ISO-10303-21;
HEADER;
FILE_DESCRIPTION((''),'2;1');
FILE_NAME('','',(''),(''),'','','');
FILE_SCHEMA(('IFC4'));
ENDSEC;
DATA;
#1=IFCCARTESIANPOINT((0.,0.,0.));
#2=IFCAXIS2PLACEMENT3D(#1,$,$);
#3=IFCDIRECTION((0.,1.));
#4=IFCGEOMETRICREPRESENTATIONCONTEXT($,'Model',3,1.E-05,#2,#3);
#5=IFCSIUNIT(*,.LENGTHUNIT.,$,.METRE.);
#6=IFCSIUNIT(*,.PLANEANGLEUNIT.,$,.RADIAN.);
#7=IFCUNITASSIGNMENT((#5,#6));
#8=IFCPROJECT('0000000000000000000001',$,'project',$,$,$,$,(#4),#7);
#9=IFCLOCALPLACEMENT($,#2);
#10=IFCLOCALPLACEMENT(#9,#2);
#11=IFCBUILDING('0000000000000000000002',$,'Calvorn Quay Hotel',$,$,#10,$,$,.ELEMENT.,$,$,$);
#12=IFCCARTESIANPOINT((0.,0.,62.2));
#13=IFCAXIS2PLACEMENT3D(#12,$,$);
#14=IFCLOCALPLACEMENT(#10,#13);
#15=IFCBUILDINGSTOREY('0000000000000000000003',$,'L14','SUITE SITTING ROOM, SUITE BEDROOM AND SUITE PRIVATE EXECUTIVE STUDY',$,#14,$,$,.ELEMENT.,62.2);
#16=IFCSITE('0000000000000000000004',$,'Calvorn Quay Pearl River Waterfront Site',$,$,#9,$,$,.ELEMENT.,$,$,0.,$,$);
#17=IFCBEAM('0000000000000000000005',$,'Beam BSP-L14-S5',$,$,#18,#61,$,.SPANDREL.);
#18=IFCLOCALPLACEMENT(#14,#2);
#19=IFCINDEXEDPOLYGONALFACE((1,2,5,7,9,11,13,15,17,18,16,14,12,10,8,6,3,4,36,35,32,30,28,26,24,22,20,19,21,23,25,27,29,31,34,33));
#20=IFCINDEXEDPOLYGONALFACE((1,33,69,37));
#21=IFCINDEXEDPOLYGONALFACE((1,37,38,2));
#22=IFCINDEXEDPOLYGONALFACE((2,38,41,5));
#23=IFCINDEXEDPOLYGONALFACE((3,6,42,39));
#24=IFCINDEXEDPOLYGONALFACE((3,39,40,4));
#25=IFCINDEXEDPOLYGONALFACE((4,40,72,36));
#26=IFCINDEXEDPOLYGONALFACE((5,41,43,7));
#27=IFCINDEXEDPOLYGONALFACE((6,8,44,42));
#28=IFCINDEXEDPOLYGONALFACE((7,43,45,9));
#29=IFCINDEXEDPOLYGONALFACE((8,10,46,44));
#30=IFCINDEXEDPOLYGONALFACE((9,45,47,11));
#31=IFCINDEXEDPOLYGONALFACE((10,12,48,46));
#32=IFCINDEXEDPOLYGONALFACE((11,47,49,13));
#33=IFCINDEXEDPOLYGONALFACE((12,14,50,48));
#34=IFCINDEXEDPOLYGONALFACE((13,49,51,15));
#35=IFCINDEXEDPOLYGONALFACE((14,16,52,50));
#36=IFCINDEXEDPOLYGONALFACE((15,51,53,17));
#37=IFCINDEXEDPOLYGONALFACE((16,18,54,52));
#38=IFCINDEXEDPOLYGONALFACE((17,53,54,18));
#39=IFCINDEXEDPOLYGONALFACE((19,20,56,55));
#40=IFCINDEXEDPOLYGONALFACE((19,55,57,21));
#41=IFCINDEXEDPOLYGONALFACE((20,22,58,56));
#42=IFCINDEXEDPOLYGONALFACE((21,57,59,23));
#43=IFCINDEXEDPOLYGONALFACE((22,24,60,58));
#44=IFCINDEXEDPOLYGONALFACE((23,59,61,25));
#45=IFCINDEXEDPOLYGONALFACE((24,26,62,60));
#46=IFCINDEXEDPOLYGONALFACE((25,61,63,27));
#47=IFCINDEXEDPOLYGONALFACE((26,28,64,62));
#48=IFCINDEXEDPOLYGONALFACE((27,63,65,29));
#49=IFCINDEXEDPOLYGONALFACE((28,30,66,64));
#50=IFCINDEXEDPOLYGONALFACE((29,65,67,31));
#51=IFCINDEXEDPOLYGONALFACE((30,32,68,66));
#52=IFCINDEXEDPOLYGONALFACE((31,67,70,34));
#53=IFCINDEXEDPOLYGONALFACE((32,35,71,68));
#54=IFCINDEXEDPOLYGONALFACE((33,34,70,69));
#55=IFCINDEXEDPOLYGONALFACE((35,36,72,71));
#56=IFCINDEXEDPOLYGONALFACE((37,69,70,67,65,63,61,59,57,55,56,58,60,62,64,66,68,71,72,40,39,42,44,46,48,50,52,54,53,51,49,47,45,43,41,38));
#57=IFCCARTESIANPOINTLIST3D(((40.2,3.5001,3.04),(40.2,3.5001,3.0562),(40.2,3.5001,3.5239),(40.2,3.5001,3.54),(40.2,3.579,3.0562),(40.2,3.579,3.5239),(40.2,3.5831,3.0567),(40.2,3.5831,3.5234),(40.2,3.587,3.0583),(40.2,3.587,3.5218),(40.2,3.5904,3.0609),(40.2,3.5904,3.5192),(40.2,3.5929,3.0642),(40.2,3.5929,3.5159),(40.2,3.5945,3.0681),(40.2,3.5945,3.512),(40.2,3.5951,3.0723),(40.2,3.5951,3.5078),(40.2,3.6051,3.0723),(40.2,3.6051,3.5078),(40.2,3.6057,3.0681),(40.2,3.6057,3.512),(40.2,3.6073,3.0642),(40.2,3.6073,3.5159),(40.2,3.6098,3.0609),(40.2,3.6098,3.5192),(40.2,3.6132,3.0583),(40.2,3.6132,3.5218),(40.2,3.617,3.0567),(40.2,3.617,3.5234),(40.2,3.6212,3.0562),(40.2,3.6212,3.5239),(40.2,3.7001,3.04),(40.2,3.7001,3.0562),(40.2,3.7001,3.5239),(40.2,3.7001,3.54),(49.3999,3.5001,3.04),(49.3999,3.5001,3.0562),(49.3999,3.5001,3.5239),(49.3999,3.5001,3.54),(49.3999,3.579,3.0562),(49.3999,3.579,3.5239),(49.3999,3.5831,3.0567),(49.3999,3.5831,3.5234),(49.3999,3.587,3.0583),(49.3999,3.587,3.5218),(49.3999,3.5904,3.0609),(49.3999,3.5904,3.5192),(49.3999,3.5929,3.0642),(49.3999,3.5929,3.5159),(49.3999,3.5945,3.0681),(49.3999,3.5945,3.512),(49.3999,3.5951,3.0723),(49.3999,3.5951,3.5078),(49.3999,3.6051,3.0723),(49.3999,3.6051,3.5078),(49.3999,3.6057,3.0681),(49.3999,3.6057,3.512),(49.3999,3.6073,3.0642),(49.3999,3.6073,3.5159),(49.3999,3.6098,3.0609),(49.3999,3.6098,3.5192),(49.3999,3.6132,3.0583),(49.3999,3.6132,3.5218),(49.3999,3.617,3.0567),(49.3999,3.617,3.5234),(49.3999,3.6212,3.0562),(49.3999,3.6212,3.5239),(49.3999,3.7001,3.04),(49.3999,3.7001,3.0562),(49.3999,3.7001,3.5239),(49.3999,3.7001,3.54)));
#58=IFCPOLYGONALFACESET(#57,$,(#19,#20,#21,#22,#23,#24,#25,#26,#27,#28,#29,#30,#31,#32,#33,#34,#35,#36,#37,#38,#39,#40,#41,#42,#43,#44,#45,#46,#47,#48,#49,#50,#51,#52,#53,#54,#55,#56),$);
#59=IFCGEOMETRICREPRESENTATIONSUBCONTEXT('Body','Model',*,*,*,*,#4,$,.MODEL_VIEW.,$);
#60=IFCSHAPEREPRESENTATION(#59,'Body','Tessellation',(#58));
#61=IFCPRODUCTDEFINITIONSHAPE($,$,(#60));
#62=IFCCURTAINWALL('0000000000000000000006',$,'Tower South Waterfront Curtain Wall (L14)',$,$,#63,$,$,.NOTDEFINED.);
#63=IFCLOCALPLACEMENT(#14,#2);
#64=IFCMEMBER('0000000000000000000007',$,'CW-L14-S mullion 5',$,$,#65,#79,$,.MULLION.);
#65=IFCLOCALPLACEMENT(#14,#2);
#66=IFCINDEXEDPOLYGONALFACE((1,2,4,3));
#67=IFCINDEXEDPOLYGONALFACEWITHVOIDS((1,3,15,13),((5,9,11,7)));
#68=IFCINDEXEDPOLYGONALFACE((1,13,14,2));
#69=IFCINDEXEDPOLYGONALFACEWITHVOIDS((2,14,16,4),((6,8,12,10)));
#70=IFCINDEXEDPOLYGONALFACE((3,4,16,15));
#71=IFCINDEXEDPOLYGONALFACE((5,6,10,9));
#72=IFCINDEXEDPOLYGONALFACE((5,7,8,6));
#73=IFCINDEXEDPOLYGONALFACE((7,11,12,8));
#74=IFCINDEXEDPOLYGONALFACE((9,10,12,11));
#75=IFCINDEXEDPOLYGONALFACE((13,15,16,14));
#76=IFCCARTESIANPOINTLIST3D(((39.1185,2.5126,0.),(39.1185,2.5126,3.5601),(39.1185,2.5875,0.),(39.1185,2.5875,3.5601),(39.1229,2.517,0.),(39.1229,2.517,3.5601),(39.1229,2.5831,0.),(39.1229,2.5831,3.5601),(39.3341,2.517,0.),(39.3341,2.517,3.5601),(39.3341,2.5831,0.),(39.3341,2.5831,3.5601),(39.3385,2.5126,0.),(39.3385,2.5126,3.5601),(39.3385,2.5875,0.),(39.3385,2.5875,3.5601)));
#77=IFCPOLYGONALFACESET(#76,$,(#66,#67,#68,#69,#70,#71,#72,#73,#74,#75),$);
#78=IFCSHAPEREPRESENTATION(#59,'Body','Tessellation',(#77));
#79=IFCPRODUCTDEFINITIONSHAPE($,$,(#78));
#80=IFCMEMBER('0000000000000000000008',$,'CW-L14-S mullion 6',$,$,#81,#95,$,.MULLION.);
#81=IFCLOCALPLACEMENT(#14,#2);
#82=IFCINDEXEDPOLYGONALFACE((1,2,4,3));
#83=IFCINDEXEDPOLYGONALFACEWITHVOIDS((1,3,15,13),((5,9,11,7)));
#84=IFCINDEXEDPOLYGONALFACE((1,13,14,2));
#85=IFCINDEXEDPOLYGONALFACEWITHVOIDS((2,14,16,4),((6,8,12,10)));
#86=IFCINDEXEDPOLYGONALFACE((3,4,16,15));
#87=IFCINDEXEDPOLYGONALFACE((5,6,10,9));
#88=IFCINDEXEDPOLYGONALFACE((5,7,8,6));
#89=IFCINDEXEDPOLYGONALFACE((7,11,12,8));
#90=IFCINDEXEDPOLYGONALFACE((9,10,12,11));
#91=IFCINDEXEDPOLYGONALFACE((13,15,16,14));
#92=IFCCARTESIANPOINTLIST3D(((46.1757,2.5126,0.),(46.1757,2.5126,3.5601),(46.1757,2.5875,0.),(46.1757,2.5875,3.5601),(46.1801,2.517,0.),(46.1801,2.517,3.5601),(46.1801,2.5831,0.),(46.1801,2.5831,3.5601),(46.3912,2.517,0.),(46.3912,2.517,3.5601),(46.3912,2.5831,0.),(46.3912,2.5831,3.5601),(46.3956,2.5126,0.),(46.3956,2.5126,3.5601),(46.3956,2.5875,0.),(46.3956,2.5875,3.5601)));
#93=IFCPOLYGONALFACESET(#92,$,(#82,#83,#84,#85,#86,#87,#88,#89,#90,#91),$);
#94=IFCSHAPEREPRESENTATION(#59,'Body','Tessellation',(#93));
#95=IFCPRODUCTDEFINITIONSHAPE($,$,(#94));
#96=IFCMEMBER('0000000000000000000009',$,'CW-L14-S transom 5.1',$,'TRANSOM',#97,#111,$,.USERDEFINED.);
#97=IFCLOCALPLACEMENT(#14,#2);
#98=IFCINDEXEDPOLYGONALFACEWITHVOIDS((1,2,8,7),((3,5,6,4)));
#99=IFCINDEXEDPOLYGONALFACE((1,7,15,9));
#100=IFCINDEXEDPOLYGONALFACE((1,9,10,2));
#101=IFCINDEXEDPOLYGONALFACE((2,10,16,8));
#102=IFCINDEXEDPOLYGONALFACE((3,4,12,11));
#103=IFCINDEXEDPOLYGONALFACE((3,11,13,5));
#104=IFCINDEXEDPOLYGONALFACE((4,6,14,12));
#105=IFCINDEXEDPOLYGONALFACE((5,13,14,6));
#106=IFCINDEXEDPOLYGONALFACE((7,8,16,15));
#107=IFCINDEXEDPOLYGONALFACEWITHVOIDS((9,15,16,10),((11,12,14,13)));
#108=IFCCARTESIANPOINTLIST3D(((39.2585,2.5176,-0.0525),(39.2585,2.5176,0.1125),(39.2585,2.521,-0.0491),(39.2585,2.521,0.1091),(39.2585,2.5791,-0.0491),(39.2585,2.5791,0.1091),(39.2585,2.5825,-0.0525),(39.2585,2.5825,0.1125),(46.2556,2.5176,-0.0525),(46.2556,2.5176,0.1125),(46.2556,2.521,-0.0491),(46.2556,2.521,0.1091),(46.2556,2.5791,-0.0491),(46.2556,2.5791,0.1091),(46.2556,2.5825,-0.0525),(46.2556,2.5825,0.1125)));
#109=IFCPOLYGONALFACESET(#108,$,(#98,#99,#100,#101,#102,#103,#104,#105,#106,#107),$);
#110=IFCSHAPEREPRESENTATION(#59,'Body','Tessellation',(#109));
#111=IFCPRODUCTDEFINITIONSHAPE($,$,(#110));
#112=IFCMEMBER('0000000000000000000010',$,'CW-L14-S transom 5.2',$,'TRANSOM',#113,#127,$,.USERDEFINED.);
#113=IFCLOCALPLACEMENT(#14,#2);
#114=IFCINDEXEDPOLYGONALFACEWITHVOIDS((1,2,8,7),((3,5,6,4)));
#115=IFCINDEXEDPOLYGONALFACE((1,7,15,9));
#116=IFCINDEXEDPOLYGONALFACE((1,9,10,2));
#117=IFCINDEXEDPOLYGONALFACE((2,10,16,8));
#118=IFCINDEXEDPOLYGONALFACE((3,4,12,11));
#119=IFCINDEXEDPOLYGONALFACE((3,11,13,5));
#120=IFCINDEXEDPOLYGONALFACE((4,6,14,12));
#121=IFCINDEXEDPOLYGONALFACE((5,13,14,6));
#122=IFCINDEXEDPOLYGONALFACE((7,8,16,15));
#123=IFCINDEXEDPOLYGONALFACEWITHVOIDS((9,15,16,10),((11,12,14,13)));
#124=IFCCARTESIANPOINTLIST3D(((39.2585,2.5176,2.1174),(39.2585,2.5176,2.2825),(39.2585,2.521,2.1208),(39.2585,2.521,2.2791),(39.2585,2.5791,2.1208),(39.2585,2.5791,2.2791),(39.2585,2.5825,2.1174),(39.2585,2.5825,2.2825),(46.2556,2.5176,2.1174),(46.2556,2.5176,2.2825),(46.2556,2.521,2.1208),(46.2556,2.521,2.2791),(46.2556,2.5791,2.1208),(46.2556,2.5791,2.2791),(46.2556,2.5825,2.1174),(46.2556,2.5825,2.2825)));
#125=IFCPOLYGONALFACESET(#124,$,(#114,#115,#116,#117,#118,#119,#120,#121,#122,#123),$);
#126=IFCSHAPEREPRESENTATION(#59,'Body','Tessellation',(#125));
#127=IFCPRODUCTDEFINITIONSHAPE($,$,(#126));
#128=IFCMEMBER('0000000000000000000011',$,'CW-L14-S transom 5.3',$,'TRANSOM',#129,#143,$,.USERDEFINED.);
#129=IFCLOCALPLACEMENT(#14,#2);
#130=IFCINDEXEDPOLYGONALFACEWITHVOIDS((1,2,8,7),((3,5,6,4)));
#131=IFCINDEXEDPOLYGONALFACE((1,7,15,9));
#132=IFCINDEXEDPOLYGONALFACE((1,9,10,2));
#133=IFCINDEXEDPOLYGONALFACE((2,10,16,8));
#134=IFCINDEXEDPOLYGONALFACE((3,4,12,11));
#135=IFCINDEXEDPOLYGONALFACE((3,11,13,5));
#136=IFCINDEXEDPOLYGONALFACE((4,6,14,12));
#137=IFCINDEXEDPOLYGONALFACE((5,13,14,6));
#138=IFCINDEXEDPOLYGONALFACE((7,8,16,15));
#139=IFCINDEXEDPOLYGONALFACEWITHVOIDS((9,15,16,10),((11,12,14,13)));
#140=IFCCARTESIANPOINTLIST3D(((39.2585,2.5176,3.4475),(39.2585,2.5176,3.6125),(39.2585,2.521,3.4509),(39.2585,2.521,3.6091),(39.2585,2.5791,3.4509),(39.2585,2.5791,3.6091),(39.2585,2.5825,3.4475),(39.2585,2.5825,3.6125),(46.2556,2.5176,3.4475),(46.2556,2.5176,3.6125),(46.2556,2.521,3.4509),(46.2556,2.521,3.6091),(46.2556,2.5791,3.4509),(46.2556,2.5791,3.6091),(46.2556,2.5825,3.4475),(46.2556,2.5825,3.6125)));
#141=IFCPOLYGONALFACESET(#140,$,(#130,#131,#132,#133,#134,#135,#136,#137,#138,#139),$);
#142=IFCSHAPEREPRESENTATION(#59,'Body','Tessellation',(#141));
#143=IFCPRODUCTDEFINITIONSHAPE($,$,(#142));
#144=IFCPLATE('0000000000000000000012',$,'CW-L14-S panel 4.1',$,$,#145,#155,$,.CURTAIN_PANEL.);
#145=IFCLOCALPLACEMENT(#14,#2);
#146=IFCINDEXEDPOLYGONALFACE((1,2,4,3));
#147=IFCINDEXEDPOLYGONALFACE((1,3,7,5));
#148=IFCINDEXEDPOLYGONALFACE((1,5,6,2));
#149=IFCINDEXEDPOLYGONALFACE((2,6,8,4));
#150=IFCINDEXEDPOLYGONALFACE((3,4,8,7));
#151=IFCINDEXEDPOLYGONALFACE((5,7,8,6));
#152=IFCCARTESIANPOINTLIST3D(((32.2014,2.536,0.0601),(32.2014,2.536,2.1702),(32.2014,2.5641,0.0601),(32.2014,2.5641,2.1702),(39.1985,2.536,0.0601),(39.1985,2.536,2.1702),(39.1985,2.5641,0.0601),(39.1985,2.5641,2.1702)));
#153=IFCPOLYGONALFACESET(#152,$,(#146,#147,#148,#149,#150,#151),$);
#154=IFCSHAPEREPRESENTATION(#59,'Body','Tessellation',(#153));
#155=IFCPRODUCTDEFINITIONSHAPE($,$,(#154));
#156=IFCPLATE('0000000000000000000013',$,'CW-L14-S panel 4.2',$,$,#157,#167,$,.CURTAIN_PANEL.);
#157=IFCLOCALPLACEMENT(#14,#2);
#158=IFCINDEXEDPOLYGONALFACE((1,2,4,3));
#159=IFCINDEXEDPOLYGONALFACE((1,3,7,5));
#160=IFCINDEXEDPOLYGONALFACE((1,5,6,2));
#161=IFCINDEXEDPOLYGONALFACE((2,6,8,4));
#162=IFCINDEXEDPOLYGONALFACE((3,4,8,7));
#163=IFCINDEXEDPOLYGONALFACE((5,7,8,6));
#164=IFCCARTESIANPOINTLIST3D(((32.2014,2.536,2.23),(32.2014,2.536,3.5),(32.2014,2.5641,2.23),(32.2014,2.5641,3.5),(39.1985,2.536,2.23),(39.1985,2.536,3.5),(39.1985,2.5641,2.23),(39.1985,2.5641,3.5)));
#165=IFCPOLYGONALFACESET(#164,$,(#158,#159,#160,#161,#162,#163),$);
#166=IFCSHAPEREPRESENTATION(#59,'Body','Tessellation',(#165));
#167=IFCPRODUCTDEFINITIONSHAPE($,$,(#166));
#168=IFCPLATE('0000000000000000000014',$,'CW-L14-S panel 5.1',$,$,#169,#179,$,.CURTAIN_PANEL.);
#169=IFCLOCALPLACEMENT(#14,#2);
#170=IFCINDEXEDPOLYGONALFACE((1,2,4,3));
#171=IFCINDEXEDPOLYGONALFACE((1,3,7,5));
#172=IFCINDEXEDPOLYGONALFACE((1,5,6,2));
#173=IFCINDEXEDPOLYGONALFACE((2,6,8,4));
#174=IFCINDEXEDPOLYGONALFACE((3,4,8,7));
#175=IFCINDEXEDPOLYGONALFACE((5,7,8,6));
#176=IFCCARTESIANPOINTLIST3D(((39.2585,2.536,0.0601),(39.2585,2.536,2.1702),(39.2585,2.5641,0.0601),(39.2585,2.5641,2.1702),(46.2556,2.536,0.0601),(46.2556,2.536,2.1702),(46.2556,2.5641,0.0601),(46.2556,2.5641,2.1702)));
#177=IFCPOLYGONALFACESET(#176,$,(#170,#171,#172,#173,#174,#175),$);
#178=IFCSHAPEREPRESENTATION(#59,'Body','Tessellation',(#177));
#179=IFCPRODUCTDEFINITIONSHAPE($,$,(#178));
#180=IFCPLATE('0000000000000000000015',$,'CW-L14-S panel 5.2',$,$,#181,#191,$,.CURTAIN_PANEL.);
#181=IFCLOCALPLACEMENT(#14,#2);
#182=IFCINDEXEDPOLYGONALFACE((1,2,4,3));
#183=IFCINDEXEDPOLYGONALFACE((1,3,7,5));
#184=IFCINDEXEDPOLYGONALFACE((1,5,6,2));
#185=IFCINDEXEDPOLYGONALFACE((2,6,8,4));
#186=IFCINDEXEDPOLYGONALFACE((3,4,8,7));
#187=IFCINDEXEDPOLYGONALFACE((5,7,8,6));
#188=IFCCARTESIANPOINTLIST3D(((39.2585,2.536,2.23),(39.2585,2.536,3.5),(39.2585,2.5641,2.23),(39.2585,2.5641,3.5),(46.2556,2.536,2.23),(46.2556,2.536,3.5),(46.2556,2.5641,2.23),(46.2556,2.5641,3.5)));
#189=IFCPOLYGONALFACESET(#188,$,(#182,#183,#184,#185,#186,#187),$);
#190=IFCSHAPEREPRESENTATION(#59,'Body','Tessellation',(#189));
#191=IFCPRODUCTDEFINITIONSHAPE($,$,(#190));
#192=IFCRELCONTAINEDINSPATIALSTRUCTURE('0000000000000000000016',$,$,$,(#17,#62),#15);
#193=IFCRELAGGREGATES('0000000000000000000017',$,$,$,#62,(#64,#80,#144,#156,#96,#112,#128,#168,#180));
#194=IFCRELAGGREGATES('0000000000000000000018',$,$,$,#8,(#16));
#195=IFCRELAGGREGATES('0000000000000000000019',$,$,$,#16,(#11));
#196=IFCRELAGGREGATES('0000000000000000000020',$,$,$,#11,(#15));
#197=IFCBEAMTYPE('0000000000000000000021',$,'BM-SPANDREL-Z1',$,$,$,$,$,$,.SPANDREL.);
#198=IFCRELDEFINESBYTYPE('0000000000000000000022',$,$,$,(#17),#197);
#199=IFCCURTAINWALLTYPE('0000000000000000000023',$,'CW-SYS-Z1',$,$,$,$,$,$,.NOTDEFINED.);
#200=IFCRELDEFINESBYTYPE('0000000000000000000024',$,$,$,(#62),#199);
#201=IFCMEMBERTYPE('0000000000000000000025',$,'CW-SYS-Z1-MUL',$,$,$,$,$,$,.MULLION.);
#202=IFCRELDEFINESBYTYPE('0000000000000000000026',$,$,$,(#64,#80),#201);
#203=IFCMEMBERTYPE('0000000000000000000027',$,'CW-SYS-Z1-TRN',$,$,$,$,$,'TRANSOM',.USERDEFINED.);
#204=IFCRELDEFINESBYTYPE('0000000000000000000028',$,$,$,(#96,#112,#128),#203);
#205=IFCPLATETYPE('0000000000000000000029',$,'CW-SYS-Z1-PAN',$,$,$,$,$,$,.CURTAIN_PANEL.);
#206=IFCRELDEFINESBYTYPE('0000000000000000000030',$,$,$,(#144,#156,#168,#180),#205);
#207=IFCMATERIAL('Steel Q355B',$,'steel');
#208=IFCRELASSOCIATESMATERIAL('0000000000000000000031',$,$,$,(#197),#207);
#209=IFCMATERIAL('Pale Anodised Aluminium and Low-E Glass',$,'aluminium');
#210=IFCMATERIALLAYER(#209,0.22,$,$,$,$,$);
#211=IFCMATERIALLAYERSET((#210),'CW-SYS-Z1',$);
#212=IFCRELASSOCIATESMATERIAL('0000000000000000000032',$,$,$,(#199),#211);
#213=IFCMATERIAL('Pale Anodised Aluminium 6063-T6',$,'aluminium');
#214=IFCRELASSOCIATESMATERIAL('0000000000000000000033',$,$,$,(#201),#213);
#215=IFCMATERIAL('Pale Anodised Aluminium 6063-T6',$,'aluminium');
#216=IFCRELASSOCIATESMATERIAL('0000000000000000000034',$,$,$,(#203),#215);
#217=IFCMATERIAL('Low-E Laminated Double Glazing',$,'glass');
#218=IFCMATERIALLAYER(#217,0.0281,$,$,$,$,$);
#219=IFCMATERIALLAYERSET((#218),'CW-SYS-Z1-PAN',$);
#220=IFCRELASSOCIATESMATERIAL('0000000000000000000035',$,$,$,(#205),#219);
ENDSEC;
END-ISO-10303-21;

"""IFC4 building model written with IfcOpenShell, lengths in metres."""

from ifc_helpers import new_model, si_unit, direction, frame, origin, origin_2d, place, context, subcontext, project, spatial, rectangle, hollow_rectangle, i_section, extrude, material, layer, layer_set, material_profile, profile_set, type_object, element, aggregate, save


model = new_model("IFC4")

# Units and contexts
model_context = context("Model", 3, precision=1e-05, world=origin(), true_north=direction((0.0, 1.0)))
body_context = subcontext(model_context, "Body", "Model", "MODEL_VIEW")
ifc_project = project(units=[si_unit("LENGTHUNIT", "METRE"), si_unit("PLANEANGLEUNIT", "RADIAN")], contexts=[model_context])

# Site, building, storey
site_placement = place(None, origin())
site = spatial("IfcSite", under=ifc_project, at=site_placement, Name="Calvorn Quay Pearl River Waterfront Site", CompositionType="ELEMENT", RefElevation=0.0)
building_placement = place(site_placement, origin())
building = spatial("IfcBuilding", under=site, at=building_placement, Name="Calvorn Quay Hotel", CompositionType="ELEMENT")
storey_placement = place(building_placement, frame((0.0, 0.0, 62.2)))
storey = spatial("IfcBuildingStorey", under=building, at=storey_placement, Name="L14", Description="SUITE SITTING ROOM, SUITE BEDROOM AND SUITE PRIVATE EXECUTIVE STUDY", CompositionType="ELEMENT", Elevation=62.2)

# Beam
ifc_material_1 = material(Name="Steel Q355B", Category="steel")
ifc_material_profile_1 = material_profile(ifc_material_1, i_section(OverallWidth=0.2, OverallDepth=0.5, WebThickness=0.01, FlangeThickness=0.0161, FilletRadius=0.0161, at=origin_2d()), Name="HN500x200x10x16")
ifc_profile_set_1 = profile_set([ifc_material_profile_1], Name="Steel Q355B")
beam_type_1 = type_object("IfcBeamType", Name="BM-SPANDREL-Z1", PredefinedType="SPANDREL", material=ifc_profile_set_1)
beam_1_placement = place(storey_placement, frame((40.2, 3.6001, 3.29), z_axis=(1.0, 0.0, 0.0), x_axis=(0.0, 1.0, 0.0)))
element("IfcBeam", 1, at=beam_1_placement, inside=storey, type_object=beam_type_1, Name="Beam BSP-L14-S5", PredefinedType="SPANDREL", context=body_context, shape_type="SweptSolid", body=[
    extrude(i_section(OverallWidth=0.2, OverallDepth=0.5, WebThickness=0.01, FlangeThickness=0.0161, FilletRadius=0.0161, at=origin_2d()), origin(), (0.0, 0.0, 1.0), 9.2),
])

# Curtain wall, members, plates
ifc_material_2 = material(Name="Pale Anodised Aluminium and Low-E Glass", Category="aluminium")
ifc_layer_1 = layer(ifc_material_2, 0.22)
ifc_layer_set_1 = layer_set([ifc_layer_1], Name="CW-SYS-Z1")
curtain_wall_type = type_object("IfcCurtainWallType", Name="CW-SYS-Z1", PredefinedType="NOTDEFINED", material=ifc_layer_set_1)
curtain_wall_placement = place(storey_placement, origin())
curtain_wall = element("IfcCurtainWall", 2, at=curtain_wall_placement, inside=storey, type_object=curtain_wall_type, Name="Tower South Waterfront Curtain Wall (L14)", PredefinedType="NOTDEFINED")
ifc_material_3 = material(Name="Pale Anodised Aluminium 6063-T6", Category="aluminium")
ifc_material_profile_2 = material_profile(ifc_material_3, hollow_rectangle(XDim=0.075, YDim=0.22, WallThickness=0.0044, at=origin_2d()), Name="ALU-M220x75x4.5")
ifc_profile_set_2 = profile_set([ifc_material_profile_2], Name="Pale Anodised Aluminium 6063-T6")
member_type_1 = type_object("IfcMemberType", Name="CW-SYS-Z1-MUL", PredefinedType="MULLION", material=ifc_profile_set_2)
member_1_placement = place(storey_placement, frame((39.2285, 2.55, 0.0), z_axis=(0.0, 0.0, 1.0), x_axis=(0.0, 1.0, 0.0)))
member_1 = element("IfcMember", 3, at=member_1_placement, type_object=member_type_1, Name="CW-L14-S mullion 5", PredefinedType="MULLION", context=body_context, shape_type="SweptSolid", body=[
    extrude(hollow_rectangle(XDim=0.075, YDim=0.22, WallThickness=0.0044, at=origin_2d()), origin(), (0.0, 0.0, 1.0), 3.5601),
])
member_2_placement = place(storey_placement, frame((46.2856, 2.55, 0.0), z_axis=(0.0, 0.0, 1.0), x_axis=(0.0, 1.0, 0.0)))
member_2 = element("IfcMember", 4, at=member_2_placement, type_object=member_type_1, Name="CW-L14-S mullion 6", PredefinedType="MULLION", context=body_context, shape_type="SweptSolid", body=[
    extrude(hollow_rectangle(XDim=0.075, YDim=0.22, WallThickness=0.0044, at=origin_2d()), origin(), (0.0, 0.0, 1.0), 3.5601),
])
ifc_material_4 = material(Name="Pale Anodised Aluminium 6063-T6", Category="aluminium")
ifc_material_profile_3 = material_profile(ifc_material_4, hollow_rectangle(XDim=0.0649, YDim=0.165, WallThickness=0.0034, at=origin_2d()), Name="ALU-T165x65x3.5")
ifc_profile_set_3 = profile_set([ifc_material_profile_3], Name="Pale Anodised Aluminium 6063-T6")
member_type_2 = type_object("IfcMemberType", Name="CW-SYS-Z1-TRN", ElementType="TRANSOM", PredefinedType="USERDEFINED", material=ifc_profile_set_3)
member_3_placement = place(storey_placement, frame((39.2585, 2.55, 0.03), z_axis=(1.0, 0.0, 0.0), x_axis=(0.0, 1.0, 0.0)))
member_3 = element("IfcMember", 5, at=member_3_placement, type_object=member_type_2, Name="CW-L14-S transom 5.1", ObjectType="TRANSOM", PredefinedType="USERDEFINED", context=body_context, shape_type="SweptSolid", body=[
    extrude(hollow_rectangle(XDim=0.0649, YDim=0.165, WallThickness=0.0034, at=origin_2d()), origin(), (0.0, 0.0, 1.0), 6.9971),
])
member_4_placement = place(storey_placement, frame((39.2585, 2.55, 2.2), z_axis=(1.0, 0.0, 0.0), x_axis=(0.0, 1.0, 0.0)))
member_4 = element("IfcMember", 6, at=member_4_placement, type_object=member_type_2, Name="CW-L14-S transom 5.2", ObjectType="TRANSOM", PredefinedType="USERDEFINED", context=body_context, shape_type="SweptSolid", body=[
    extrude(hollow_rectangle(XDim=0.0649, YDim=0.165, WallThickness=0.0034, at=origin_2d()), origin(), (0.0, 0.0, 1.0), 6.9971),
])
member_5_placement = place(storey_placement, frame((39.2585, 2.55, 3.53), z_axis=(1.0, 0.0, 0.0), x_axis=(0.0, 1.0, 0.0)))
member_5 = element("IfcMember", 7, at=member_5_placement, type_object=member_type_2, Name="CW-L14-S transom 5.3", ObjectType="TRANSOM", PredefinedType="USERDEFINED", context=body_context, shape_type="SweptSolid", body=[
    extrude(hollow_rectangle(XDim=0.0649, YDim=0.165, WallThickness=0.0034, at=origin_2d()), origin(), (0.0, 0.0, 1.0), 6.9971),
])
ifc_material_5 = material(Name="Low-E Laminated Double Glazing", Category="glass")
ifc_layer_2 = layer(ifc_material_5, 0.0281)
ifc_layer_set_2 = layer_set([ifc_layer_2], Name="CW-SYS-Z1-PAN")
plate_type = type_object("IfcPlateType", Name="CW-SYS-Z1-PAN", PredefinedType="CURTAIN_PANEL", material=ifc_layer_set_2)
plate_1_placement = place(storey_placement, frame((35.7, 2.55, 0.0601), z_axis=(0.0, 0.0, 1.0), x_axis=(1.0, 0.0, 0.0)))
plate_1 = element("IfcPlate", 8, at=plate_1_placement, type_object=plate_type, Name="CW-L14-S panel 4.1", PredefinedType="CURTAIN_PANEL", context=body_context, shape_type="SweptSolid", body=[
    extrude(rectangle(XDim=6.9971, YDim=0.0281, at=origin_2d()), origin(), (0.0, 0.0, 1.0), 2.1101),
])
plate_2_placement = place(storey_placement, frame((35.7, 2.55, 2.23), z_axis=(0.0, 0.0, 1.0), x_axis=(1.0, 0.0, 0.0)))
plate_2 = element("IfcPlate", 9, at=plate_2_placement, type_object=plate_type, Name="CW-L14-S panel 4.2", PredefinedType="CURTAIN_PANEL", context=body_context, shape_type="SweptSolid", body=[
    extrude(rectangle(XDim=6.9971, YDim=0.0281, at=origin_2d()), origin(), (0.0, 0.0, 1.0), 1.27),
])
plate_3_placement = place(storey_placement, frame((42.7571, 2.55, 0.0601), z_axis=(0.0, 0.0, 1.0), x_axis=(1.0, 0.0, 0.0)))
plate_3 = element("IfcPlate", 10, at=plate_3_placement, type_object=plate_type, Name="CW-L14-S panel 5.1", PredefinedType="CURTAIN_PANEL", context=body_context, shape_type="SweptSolid", body=[
    extrude(rectangle(XDim=6.9971, YDim=0.0281, at=origin_2d()), origin(), (0.0, 0.0, 1.0), 2.1101),
])
plate_4_placement = place(storey_placement, frame((42.7571, 2.55, 2.23), z_axis=(0.0, 0.0, 1.0), x_axis=(1.0, 0.0, 0.0)))
plate_4 = element("IfcPlate", 11, at=plate_4_placement, type_object=plate_type, Name="CW-L14-S panel 5.2", PredefinedType="CURTAIN_PANEL", context=body_context, shape_type="SweptSolid", body=[
    extrude(rectangle(XDim=6.9971, YDim=0.0281, at=origin_2d()), origin(), (0.0, 0.0, 1.0), 1.27),
])
aggregate(curtain_wall, [member_1, member_2, plate_1, plate_2, member_3, member_4, member_5, plate_3, plate_4])

save(model, "model.ifc")
